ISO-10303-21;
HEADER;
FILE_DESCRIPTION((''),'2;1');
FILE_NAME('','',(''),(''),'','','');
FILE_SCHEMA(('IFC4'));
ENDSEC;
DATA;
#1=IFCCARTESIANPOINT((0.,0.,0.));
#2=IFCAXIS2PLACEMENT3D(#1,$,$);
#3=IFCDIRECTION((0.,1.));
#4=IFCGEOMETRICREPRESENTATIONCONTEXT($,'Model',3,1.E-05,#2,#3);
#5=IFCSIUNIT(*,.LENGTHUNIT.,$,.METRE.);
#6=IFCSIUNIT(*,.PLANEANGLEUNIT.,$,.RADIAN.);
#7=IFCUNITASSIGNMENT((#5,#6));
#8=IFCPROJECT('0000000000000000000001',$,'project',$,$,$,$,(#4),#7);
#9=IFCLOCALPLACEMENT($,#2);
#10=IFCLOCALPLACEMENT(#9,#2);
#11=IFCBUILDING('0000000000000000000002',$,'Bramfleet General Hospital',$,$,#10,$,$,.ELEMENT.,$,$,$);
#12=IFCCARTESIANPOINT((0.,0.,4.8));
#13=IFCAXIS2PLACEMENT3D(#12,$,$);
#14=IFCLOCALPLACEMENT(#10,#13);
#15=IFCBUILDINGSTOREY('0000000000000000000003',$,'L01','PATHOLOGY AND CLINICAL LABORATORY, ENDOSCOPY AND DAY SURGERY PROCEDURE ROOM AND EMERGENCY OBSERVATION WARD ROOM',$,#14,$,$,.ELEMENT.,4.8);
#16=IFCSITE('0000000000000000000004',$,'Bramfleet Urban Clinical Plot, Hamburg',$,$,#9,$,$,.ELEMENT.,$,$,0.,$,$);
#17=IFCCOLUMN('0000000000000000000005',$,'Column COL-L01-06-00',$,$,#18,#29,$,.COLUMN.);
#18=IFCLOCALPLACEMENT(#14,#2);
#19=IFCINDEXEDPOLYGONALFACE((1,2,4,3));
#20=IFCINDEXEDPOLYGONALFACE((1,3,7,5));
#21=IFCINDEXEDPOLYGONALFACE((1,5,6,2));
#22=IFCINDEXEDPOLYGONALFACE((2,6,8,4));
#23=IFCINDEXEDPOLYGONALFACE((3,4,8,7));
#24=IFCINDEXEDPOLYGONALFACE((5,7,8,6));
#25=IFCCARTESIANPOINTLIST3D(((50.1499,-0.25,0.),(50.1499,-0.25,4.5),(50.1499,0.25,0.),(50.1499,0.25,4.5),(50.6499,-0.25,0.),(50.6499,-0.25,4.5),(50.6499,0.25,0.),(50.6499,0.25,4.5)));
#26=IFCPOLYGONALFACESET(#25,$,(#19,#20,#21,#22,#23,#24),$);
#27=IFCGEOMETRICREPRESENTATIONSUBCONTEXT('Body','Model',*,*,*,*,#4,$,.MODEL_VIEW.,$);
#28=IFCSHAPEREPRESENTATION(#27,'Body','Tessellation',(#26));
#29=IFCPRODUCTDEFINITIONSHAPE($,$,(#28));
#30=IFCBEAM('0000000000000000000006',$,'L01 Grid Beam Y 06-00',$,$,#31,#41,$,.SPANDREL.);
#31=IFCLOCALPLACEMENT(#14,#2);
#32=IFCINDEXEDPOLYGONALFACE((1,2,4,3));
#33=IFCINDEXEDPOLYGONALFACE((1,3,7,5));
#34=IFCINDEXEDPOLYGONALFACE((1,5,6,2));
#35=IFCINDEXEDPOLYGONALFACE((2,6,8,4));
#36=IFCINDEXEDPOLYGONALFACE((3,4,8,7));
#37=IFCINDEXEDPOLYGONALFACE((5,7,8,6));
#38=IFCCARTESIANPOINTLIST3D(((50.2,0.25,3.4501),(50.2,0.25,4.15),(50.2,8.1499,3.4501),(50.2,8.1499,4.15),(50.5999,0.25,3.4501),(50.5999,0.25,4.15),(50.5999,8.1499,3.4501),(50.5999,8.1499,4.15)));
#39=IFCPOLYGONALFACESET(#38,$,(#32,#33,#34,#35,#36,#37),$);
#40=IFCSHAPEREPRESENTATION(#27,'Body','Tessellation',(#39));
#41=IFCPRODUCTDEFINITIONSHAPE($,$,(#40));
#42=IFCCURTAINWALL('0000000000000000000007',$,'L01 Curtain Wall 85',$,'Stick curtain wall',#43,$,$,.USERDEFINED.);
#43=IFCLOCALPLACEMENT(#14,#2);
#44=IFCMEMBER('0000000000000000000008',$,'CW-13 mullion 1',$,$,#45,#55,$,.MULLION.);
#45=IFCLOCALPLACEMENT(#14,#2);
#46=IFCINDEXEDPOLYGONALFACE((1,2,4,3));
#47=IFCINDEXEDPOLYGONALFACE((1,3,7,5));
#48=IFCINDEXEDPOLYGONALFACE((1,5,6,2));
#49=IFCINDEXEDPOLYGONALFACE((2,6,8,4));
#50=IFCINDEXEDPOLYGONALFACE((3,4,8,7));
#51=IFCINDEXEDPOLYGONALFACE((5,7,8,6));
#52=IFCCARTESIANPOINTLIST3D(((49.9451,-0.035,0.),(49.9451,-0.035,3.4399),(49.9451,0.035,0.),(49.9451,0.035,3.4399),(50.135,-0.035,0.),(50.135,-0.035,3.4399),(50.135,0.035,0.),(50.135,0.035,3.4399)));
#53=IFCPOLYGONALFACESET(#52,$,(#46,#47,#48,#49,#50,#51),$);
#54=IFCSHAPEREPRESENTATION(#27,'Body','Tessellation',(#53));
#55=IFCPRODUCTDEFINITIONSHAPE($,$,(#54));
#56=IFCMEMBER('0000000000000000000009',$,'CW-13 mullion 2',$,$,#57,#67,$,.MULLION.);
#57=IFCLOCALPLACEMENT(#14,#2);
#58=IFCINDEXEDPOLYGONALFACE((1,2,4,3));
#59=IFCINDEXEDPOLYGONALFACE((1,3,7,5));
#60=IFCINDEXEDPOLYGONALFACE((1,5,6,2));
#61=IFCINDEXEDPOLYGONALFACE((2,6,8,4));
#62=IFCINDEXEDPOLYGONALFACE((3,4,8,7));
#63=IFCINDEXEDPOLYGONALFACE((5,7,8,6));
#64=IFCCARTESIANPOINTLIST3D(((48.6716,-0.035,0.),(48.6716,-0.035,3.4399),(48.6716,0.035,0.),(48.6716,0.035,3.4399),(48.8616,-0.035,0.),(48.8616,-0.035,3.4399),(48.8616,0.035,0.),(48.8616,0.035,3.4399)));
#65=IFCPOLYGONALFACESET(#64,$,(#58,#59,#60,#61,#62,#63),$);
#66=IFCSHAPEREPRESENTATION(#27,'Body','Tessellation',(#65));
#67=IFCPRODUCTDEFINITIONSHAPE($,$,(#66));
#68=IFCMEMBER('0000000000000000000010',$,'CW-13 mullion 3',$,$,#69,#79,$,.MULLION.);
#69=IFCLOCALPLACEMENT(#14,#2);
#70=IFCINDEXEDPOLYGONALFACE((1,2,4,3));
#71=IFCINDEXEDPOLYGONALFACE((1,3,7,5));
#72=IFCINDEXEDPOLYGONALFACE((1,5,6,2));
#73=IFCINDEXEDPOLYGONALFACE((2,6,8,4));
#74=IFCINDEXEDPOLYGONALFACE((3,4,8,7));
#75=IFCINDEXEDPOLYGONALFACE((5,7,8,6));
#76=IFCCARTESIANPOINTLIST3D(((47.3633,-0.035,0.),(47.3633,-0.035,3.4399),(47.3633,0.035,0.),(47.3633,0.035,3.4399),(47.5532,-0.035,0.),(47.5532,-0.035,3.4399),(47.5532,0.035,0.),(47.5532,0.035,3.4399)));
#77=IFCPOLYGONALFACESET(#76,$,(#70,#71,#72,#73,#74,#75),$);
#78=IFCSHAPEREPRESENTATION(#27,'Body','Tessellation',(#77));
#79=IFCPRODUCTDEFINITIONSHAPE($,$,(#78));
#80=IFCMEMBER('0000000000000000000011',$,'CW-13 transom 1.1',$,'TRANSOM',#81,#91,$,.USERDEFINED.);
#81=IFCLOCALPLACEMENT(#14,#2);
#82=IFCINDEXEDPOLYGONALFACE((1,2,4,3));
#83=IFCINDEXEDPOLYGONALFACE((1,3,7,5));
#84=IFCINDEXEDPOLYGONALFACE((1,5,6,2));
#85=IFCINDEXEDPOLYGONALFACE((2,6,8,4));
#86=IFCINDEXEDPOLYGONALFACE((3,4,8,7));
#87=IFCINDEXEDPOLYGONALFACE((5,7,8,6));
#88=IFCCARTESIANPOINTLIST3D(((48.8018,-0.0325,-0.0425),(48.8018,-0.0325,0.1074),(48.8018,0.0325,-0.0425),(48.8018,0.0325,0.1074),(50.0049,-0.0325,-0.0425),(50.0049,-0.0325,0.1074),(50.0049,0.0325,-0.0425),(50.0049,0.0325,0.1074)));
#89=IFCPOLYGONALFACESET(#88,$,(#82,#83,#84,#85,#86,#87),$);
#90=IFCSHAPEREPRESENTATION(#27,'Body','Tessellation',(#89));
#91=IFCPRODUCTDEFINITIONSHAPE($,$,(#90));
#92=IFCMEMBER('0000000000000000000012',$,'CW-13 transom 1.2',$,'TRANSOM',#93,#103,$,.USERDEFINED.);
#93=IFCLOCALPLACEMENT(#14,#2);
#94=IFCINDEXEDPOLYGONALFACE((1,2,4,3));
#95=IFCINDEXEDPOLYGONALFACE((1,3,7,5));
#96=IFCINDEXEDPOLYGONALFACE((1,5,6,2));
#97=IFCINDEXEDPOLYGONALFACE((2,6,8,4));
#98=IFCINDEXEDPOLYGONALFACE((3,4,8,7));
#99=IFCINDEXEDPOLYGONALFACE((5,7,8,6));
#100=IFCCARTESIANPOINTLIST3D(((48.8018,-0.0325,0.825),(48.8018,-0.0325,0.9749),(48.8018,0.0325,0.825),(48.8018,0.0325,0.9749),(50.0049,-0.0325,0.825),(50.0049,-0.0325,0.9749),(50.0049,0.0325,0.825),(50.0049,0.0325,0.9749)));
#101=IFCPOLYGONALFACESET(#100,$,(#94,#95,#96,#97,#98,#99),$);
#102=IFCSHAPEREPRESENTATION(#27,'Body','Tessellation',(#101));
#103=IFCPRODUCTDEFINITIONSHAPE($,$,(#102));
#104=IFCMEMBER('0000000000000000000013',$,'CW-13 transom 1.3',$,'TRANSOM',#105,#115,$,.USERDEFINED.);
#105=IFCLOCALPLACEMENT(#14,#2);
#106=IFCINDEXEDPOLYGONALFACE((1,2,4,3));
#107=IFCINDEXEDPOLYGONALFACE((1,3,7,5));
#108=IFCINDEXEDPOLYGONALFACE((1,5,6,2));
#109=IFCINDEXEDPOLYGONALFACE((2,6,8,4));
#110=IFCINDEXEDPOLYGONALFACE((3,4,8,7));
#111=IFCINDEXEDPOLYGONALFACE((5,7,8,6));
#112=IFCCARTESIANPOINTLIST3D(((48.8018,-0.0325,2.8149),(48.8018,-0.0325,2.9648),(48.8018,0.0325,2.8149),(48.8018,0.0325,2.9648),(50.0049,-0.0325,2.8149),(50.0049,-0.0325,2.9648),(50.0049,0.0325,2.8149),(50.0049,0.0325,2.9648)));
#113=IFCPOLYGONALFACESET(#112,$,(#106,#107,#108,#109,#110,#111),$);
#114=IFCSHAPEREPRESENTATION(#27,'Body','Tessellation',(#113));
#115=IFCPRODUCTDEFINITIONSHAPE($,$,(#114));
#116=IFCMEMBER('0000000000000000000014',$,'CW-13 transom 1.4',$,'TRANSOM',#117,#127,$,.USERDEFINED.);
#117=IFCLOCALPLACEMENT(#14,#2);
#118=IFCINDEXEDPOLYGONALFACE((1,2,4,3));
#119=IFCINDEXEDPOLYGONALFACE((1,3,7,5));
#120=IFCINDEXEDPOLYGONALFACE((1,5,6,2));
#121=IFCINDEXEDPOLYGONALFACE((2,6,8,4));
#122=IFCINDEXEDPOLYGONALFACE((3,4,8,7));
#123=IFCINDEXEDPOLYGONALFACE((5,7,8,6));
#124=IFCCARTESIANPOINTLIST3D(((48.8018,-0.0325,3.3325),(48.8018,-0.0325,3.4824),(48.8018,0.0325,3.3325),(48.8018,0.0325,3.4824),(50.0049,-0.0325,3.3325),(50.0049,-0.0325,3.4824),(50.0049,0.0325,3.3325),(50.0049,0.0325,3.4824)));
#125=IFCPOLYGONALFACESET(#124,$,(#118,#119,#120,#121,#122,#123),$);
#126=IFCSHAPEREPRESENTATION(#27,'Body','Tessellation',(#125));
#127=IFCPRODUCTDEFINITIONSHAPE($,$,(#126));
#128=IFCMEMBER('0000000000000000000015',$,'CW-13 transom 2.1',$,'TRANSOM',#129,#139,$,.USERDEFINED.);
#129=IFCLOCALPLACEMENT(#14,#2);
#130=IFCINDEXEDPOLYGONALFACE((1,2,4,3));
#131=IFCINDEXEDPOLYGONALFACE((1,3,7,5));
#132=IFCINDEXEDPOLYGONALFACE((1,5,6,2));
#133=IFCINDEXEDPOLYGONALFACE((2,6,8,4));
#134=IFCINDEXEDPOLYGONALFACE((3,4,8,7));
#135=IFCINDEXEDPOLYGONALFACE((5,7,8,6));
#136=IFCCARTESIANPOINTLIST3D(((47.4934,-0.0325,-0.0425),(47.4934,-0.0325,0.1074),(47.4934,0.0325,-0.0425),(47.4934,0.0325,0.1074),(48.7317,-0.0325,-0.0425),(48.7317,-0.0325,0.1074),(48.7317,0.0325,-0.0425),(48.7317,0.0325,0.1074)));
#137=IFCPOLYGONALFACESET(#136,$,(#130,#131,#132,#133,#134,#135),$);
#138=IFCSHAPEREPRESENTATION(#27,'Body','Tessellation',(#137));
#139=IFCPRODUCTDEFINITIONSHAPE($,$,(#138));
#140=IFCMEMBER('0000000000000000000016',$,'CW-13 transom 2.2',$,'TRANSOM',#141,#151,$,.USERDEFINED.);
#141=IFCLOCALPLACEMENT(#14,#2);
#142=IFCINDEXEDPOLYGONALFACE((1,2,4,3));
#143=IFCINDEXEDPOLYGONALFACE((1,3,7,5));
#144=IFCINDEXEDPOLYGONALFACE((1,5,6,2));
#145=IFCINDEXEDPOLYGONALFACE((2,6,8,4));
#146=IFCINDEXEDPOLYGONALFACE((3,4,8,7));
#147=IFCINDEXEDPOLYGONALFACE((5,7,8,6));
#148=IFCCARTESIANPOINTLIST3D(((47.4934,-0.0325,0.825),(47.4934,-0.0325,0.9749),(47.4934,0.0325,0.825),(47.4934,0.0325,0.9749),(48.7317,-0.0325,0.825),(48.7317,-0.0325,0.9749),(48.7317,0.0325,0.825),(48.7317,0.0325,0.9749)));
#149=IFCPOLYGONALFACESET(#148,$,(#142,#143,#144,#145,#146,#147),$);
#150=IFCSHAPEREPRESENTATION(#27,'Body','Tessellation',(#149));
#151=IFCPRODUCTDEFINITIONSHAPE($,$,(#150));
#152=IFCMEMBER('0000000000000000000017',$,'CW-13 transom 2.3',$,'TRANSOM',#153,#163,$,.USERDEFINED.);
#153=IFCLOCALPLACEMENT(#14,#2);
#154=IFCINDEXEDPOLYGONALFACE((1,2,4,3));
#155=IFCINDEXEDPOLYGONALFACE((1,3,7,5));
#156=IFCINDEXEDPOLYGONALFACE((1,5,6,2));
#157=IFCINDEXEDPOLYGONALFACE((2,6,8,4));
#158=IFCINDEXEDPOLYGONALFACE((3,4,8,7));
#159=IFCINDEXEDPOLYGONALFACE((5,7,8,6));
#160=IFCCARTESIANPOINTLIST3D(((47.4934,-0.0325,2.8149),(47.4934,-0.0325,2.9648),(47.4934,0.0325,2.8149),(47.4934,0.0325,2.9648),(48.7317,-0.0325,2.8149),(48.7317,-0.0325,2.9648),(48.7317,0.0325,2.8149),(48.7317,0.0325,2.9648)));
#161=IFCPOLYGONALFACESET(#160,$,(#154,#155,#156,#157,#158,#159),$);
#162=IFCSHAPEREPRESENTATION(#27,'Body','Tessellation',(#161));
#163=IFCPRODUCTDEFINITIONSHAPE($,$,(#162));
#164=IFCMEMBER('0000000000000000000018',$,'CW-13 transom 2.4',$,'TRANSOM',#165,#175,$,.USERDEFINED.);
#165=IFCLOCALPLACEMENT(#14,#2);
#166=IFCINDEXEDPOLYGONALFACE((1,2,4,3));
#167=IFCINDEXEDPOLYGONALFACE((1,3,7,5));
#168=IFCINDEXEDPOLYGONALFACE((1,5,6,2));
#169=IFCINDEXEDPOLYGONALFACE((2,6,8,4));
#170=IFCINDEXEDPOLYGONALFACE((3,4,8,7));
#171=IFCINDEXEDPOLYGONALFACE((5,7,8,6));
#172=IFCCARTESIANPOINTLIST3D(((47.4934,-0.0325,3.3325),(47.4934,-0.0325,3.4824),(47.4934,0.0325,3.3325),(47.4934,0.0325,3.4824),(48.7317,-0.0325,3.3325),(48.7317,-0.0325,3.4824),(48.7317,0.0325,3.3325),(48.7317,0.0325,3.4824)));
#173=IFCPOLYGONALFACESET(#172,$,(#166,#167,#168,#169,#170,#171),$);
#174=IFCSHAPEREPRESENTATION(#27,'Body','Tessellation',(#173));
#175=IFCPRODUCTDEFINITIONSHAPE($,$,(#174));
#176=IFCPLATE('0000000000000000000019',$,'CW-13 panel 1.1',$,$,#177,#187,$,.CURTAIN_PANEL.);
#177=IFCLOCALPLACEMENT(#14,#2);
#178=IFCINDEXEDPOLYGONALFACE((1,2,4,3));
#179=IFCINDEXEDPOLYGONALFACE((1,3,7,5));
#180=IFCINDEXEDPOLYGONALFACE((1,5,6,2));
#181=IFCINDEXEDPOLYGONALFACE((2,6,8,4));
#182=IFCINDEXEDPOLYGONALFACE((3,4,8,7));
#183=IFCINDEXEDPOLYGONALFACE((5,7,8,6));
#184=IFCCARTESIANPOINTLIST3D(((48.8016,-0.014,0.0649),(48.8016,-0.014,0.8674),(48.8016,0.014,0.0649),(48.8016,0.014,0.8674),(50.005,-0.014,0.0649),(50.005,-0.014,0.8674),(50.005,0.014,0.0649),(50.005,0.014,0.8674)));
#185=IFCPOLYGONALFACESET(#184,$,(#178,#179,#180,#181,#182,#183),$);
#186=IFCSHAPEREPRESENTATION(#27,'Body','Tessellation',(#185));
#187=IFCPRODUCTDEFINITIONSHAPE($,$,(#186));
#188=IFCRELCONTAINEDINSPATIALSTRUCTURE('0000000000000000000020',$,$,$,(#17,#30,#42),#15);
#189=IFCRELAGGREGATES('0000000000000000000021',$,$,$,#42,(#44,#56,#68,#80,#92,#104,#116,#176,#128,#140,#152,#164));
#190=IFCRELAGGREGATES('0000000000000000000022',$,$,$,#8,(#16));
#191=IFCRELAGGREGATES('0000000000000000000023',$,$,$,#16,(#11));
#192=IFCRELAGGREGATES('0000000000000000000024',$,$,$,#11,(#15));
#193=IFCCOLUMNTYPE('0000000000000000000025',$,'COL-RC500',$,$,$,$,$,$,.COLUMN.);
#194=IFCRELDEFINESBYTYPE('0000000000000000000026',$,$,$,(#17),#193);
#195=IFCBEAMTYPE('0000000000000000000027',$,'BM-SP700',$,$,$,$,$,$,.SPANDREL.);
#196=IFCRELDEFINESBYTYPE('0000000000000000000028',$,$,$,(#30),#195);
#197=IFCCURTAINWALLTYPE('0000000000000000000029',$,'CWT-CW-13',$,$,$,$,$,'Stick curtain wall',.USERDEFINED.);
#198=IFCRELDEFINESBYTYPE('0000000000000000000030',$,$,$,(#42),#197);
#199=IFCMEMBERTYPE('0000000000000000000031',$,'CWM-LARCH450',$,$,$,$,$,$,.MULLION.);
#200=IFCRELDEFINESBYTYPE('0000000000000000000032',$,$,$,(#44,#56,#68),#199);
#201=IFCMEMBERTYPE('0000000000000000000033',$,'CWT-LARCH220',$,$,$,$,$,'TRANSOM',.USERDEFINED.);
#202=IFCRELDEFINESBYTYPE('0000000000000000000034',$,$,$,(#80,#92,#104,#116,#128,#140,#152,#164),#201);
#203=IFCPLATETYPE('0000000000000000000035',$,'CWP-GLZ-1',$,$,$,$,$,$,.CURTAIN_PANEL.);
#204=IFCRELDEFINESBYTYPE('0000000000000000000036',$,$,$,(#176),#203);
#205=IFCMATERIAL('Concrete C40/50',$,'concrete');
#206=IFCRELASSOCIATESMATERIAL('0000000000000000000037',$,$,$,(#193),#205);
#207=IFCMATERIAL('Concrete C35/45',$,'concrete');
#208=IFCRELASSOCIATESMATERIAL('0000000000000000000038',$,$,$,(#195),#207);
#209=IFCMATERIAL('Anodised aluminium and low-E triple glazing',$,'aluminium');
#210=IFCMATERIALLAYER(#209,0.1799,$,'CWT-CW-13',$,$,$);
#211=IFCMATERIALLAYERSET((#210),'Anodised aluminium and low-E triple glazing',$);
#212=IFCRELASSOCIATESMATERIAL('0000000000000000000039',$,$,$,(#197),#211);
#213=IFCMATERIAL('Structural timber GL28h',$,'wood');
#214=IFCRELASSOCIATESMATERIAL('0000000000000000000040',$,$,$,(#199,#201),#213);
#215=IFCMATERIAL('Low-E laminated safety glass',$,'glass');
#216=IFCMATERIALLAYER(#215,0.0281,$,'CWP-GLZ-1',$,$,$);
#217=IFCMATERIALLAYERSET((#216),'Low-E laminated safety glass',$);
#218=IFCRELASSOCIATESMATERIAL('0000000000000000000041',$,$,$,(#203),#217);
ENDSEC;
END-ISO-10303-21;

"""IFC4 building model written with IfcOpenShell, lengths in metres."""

from ifc_helpers import new_model, si_unit, direction, frame, origin, origin_2d, place, context, subcontext, project, spatial, rectangle, extrude, material, layer, layer_set, material_profile, profile_set, type_object, element, aggregate, save


model = new_model("IFC4")

# Units and contexts
model_context = context("Model", 3, precision=1e-05, world=origin(), true_north=direction((0.0, 1.0)))
body_context = subcontext(model_context, "Body", "Model", "MODEL_VIEW")
ifc_project = project(units=[si_unit("LENGTHUNIT", "METRE"), si_unit("PLANEANGLEUNIT", "RADIAN")], contexts=[model_context])

# Site, building, storey
site_placement = place(None, origin())
site = spatial("IfcSite", under=ifc_project, at=site_placement, Name="Bramfleet Urban Clinical Plot, Hamburg", CompositionType="ELEMENT", RefElevation=0.0)
building_placement = place(site_placement, origin())
building = spatial("IfcBuilding", under=site, at=building_placement, Name="Bramfleet General Hospital", CompositionType="ELEMENT")
storey_placement = place(building_placement, frame((0.0, 0.0, 4.8)))
storey = spatial("IfcBuildingStorey", under=building, at=storey_placement, Name="L01", Description="PATHOLOGY AND CLINICAL LABORATORY, ENDOSCOPY AND DAY SURGERY PROCEDURE ROOM AND EMERGENCY OBSERVATION WARD ROOM", CompositionType="ELEMENT", Elevation=4.8)

# Column
ifc_material_1 = material(Name="Concrete C40/50", Category="concrete")
ifc_material_profile_1 = material_profile(ifc_material_1, rectangle(XDim=0.5, YDim=0.5, at=origin_2d()), Name="RC COL 500x500")
ifc_profile_set_1 = profile_set([ifc_material_profile_1], Name="Concrete C40/50")
column_type = type_object("IfcColumnType", Name="COL-RC500", PredefinedType="COLUMN", material=ifc_profile_set_1)
column_placement = place(storey_placement, frame((50.3999, 0.0, 0.0), z_axis=(0.0, 0.0, 1.0), x_axis=(1.0, 0.0, 0.0)))
element("IfcColumn", 1, at=column_placement, inside=storey, type_object=column_type, Name="Column COL-L01-06-00", PredefinedType="COLUMN", context=body_context, shape_type="SweptSolid", body=[
    extrude(rectangle(XDim=0.5, YDim=0.5, at=origin_2d()), origin(), (0.0, 0.0, 1.0), 4.5),
])

# Beam
ifc_material_2 = material(Name="Concrete C35/45", Category="concrete")
ifc_material_profile_2 = material_profile(ifc_material_2, rectangle(XDim=0.3999, YDim=0.7, at=origin_2d()), Name="RC SP 700x400")
ifc_profile_set_2 = profile_set([ifc_material_profile_2], Name="Concrete C35/45")
beam_type = type_object("IfcBeamType", Name="BM-SP700", PredefinedType="SPANDREL", material=ifc_profile_set_2)
beam_placement = place(storey_placement, frame((50.3999, 0.25, 3.8), z_axis=(0.0, 1.0, 0.0), x_axis=(-1.0, 0.0, 0.0)))
element("IfcBeam", 2, at=beam_placement, inside=storey, type_object=beam_type, Name="L01 Grid Beam Y 06-00", PredefinedType="SPANDREL", context=body_context, shape_type="SweptSolid", body=[
    extrude(rectangle(XDim=0.3999, YDim=0.7, at=origin_2d()), origin(), (0.0, 0.0, 1.0), 7.8999),
])

# Curtain wall, members, plate
ifc_material_3 = material(Name="Anodised aluminium and low-E triple glazing", Category="aluminium")
ifc_layer_1 = layer(ifc_material_3, 0.1799, Name="CWT-CW-13")
ifc_layer_set_1 = layer_set([ifc_layer_1], Name="Anodised aluminium and low-E triple glazing")
curtain_wall_type = type_object("IfcCurtainWallType", Name="CWT-CW-13", ElementType="Stick curtain wall", PredefinedType="USERDEFINED", material=ifc_layer_set_1)
curtain_wall_placement = place(storey_placement, origin())
curtain_wall = element("IfcCurtainWall", 3, at=curtain_wall_placement, inside=storey, type_object=curtain_wall_type, Name="L01 Curtain Wall 85", ObjectType="Stick curtain wall", PredefinedType="USERDEFINED")
ifc_material_4 = material(Name="Structural timber GL28h", Category="wood")
ifc_material_profile_3 = material_profile(ifc_material_4, rectangle(XDim=0.0701, YDim=0.1899, at=origin_2d()), Name="LARCH 190x70")
ifc_profile_set_3 = profile_set([ifc_material_profile_3], Name="Structural timber GL28h")
member_type_1 = type_object("IfcMemberType", Name="CWM-LARCH450", PredefinedType="MULLION", material=ifc_profile_set_3)
member_1_placement = place(storey_placement, frame((50.04, 0.0, 0.0), z_axis=(0.0, 0.0, 1.0), x_axis=(0.0, -1.0, 0.0)))
member_1 = element("IfcMember", 4, at=member_1_placement, type_object=member_type_1, Name="CW-13 mullion 1", PredefinedType="MULLION", context=body_context, shape_type="SweptSolid", body=[
    extrude(rectangle(XDim=0.0701, YDim=0.1899, at=origin_2d()), origin(), (0.0, 0.0, 1.0), 3.4399),
])
member_2_placement = place(storey_placement, frame((48.7666, 0.0, 0.0), z_axis=(0.0, 0.0, 1.0), x_axis=(0.0, -1.0, 0.0)))
member_2 = element("IfcMember", 5, at=member_2_placement, type_object=member_type_1, Name="CW-13 mullion 2", PredefinedType="MULLION", context=body_context, shape_type="SweptSolid", body=[
    extrude(rectangle(XDim=0.0701, YDim=0.1899, at=origin_2d()), origin(), (0.0, 0.0, 1.0), 3.4399),
])
member_3_placement = place(storey_placement, frame((47.4583, 0.0, 0.0), z_axis=(0.0, 0.0, 1.0), x_axis=(0.0, -1.0, 0.0)))
member_3 = element("IfcMember", 6, at=member_3_placement, type_object=member_type_1, Name="CW-13 mullion 3", PredefinedType="MULLION", context=body_context, shape_type="SweptSolid", body=[
    extrude(rectangle(XDim=0.0701, YDim=0.1899, at=origin_2d()), origin(), (0.0, 0.0, 1.0), 3.4399),
])
ifc_material_profile_4 = material_profile(ifc_material_4, rectangle(XDim=0.0649, YDim=0.1499, at=origin_2d()), Name="LARCH 150x65")
ifc_profile_set_4 = profile_set([ifc_material_profile_4], Name="Structural timber GL28h")
member_type_2 = type_object("IfcMemberType", Name="CWT-LARCH220", ElementType="TRANSOM", PredefinedType="USERDEFINED", material=ifc_profile_set_4)
member_4_placement = place(storey_placement, frame((50.0049, 0.0, 0.0325), z_axis=(-1.0, 0.0, 0.0), x_axis=(0.0, -1.0, 0.0)))
member_4 = element("IfcMember", 7, at=member_4_placement, type_object=member_type_2, Name="CW-13 transom 1.1", ObjectType="TRANSOM", PredefinedType="USERDEFINED", context=body_context, shape_type="SweptSolid", body=[
    extrude(rectangle(XDim=0.0649, YDim=0.1499, at=origin_2d()), origin(), (0.0, 0.0, 1.0), 1.2031),
])
member_5_placement = place(storey_placement, frame((50.0049, 0.0, 0.8999), z_axis=(-1.0, 0.0, 0.0), x_axis=(0.0, -1.0, 0.0)))
member_5 = element("IfcMember", 8, at=member_5_placement, type_object=member_type_2, Name="CW-13 transom 1.2", ObjectType="TRANSOM", PredefinedType="USERDEFINED", context=body_context, shape_type="SweptSolid", body=[
    extrude(rectangle(XDim=0.0649, YDim=0.1499, at=origin_2d()), origin(), (0.0, 0.0, 1.0), 1.2031),
])
member_6_placement = place(storey_placement, frame((50.0049, 0.0, 2.8899), z_axis=(-1.0, 0.0, 0.0), x_axis=(0.0, -1.0, 0.0)))
member_6 = element("IfcMember", 9, at=member_6_placement, type_object=member_type_2, Name="CW-13 transom 1.3", ObjectType="TRANSOM", PredefinedType="USERDEFINED", context=body_context, shape_type="SweptSolid", body=[
    extrude(rectangle(XDim=0.0649, YDim=0.1499, at=origin_2d()), origin(), (0.0, 0.0, 1.0), 1.2031),
])
member_7_placement = place(storey_placement, frame((50.0049, 0.0, 3.4075), z_axis=(-1.0, 0.0, 0.0), x_axis=(0.0, -1.0, 0.0)))
member_7 = element("IfcMember", 10, at=member_7_placement, type_object=member_type_2, Name="CW-13 transom 1.4", ObjectType="TRANSOM", PredefinedType="USERDEFINED", context=body_context, shape_type="SweptSolid", body=[
    extrude(rectangle(XDim=0.0649, YDim=0.1499, at=origin_2d()), origin(), (0.0, 0.0, 1.0), 1.2031),
])
member_8_placement = place(storey_placement, frame((48.7317, 0.0, 0.0325), z_axis=(-1.0, 0.0, 0.0), x_axis=(0.0, -1.0, 0.0)))
member_8 = element("IfcMember", 11, at=member_8_placement, type_object=member_type_2, Name="CW-13 transom 2.1", ObjectType="TRANSOM", PredefinedType="USERDEFINED", context=body_context, shape_type="SweptSolid", body=[
    extrude(rectangle(XDim=0.0649, YDim=0.1499, at=origin_2d()), origin(), (0.0, 0.0, 1.0), 1.2383),
])
member_9_placement = place(storey_placement, frame((48.7317, 0.0, 0.8999), z_axis=(-1.0, 0.0, 0.0), x_axis=(0.0, -1.0, 0.0)))
member_9 = element("IfcMember", 12, at=member_9_placement, type_object=member_type_2, Name="CW-13 transom 2.2", ObjectType="TRANSOM", PredefinedType="USERDEFINED", context=body_context, shape_type="SweptSolid", body=[
    extrude(rectangle(XDim=0.0649, YDim=0.1499, at=origin_2d()), origin(), (0.0, 0.0, 1.0), 1.2383),
])
member_10_placement = place(storey_placement, frame((48.7317, 0.0, 2.8899), z_axis=(-1.0, 0.0, 0.0), x_axis=(0.0, -1.0, 0.0)))
member_10 = element("IfcMember", 13, at=member_10_placement, type_object=member_type_2, Name="CW-13 transom 2.3", ObjectType="TRANSOM", PredefinedType="USERDEFINED", context=body_context, shape_type="SweptSolid", body=[
    extrude(rectangle(XDim=0.0649, YDim=0.1499, at=origin_2d()), origin(), (0.0, 0.0, 1.0), 1.2383),
])
member_11_placement = place(storey_placement, frame((48.7317, 0.0, 3.4075), z_axis=(-1.0, 0.0, 0.0), x_axis=(0.0, -1.0, 0.0)))
member_11 = element("IfcMember", 14, at=member_11_placement, type_object=member_type_2, Name="CW-13 transom 2.4", ObjectType="TRANSOM", PredefinedType="USERDEFINED", context=body_context, shape_type="SweptSolid", body=[
    extrude(rectangle(XDim=0.0649, YDim=0.1499, at=origin_2d()), origin(), (0.0, 0.0, 1.0), 1.2383),
])
ifc_material_5 = material(Name="Low-E laminated safety glass", Category="glass")
ifc_layer_2 = layer(ifc_material_5, 0.0281, Name="CWP-GLZ-1")
ifc_layer_set_2 = layer_set([ifc_layer_2], Name="Low-E laminated safety glass")
plate_type = type_object("IfcPlateType", Name="CWP-GLZ-1", PredefinedType="CURTAIN_PANEL", material=ifc_layer_set_2)
plate_1_placement = place(storey_placement, frame((49.4033, 0.0, 0.0649), z_axis=(0.0, 0.0, 1.0), x_axis=(-1.0, 0.0, 0.0)))
plate_1 = element("IfcPlate", 15, at=plate_1_placement, type_object=plate_type, Name="CW-13 panel 1.1", PredefinedType="CURTAIN_PANEL", context=body_context, shape_type="SweptSolid", body=[
    extrude(rectangle(XDim=1.2034, YDim=0.0281, at=origin_2d()), origin(), (0.0, 0.0, 1.0), 0.8025),
])
aggregate(curtain_wall, [member_1, member_2, member_3, member_4, member_5, member_6, member_7, plate_1, member_8, member_9, member_10, member_11])

save(model, "model.ifc")
